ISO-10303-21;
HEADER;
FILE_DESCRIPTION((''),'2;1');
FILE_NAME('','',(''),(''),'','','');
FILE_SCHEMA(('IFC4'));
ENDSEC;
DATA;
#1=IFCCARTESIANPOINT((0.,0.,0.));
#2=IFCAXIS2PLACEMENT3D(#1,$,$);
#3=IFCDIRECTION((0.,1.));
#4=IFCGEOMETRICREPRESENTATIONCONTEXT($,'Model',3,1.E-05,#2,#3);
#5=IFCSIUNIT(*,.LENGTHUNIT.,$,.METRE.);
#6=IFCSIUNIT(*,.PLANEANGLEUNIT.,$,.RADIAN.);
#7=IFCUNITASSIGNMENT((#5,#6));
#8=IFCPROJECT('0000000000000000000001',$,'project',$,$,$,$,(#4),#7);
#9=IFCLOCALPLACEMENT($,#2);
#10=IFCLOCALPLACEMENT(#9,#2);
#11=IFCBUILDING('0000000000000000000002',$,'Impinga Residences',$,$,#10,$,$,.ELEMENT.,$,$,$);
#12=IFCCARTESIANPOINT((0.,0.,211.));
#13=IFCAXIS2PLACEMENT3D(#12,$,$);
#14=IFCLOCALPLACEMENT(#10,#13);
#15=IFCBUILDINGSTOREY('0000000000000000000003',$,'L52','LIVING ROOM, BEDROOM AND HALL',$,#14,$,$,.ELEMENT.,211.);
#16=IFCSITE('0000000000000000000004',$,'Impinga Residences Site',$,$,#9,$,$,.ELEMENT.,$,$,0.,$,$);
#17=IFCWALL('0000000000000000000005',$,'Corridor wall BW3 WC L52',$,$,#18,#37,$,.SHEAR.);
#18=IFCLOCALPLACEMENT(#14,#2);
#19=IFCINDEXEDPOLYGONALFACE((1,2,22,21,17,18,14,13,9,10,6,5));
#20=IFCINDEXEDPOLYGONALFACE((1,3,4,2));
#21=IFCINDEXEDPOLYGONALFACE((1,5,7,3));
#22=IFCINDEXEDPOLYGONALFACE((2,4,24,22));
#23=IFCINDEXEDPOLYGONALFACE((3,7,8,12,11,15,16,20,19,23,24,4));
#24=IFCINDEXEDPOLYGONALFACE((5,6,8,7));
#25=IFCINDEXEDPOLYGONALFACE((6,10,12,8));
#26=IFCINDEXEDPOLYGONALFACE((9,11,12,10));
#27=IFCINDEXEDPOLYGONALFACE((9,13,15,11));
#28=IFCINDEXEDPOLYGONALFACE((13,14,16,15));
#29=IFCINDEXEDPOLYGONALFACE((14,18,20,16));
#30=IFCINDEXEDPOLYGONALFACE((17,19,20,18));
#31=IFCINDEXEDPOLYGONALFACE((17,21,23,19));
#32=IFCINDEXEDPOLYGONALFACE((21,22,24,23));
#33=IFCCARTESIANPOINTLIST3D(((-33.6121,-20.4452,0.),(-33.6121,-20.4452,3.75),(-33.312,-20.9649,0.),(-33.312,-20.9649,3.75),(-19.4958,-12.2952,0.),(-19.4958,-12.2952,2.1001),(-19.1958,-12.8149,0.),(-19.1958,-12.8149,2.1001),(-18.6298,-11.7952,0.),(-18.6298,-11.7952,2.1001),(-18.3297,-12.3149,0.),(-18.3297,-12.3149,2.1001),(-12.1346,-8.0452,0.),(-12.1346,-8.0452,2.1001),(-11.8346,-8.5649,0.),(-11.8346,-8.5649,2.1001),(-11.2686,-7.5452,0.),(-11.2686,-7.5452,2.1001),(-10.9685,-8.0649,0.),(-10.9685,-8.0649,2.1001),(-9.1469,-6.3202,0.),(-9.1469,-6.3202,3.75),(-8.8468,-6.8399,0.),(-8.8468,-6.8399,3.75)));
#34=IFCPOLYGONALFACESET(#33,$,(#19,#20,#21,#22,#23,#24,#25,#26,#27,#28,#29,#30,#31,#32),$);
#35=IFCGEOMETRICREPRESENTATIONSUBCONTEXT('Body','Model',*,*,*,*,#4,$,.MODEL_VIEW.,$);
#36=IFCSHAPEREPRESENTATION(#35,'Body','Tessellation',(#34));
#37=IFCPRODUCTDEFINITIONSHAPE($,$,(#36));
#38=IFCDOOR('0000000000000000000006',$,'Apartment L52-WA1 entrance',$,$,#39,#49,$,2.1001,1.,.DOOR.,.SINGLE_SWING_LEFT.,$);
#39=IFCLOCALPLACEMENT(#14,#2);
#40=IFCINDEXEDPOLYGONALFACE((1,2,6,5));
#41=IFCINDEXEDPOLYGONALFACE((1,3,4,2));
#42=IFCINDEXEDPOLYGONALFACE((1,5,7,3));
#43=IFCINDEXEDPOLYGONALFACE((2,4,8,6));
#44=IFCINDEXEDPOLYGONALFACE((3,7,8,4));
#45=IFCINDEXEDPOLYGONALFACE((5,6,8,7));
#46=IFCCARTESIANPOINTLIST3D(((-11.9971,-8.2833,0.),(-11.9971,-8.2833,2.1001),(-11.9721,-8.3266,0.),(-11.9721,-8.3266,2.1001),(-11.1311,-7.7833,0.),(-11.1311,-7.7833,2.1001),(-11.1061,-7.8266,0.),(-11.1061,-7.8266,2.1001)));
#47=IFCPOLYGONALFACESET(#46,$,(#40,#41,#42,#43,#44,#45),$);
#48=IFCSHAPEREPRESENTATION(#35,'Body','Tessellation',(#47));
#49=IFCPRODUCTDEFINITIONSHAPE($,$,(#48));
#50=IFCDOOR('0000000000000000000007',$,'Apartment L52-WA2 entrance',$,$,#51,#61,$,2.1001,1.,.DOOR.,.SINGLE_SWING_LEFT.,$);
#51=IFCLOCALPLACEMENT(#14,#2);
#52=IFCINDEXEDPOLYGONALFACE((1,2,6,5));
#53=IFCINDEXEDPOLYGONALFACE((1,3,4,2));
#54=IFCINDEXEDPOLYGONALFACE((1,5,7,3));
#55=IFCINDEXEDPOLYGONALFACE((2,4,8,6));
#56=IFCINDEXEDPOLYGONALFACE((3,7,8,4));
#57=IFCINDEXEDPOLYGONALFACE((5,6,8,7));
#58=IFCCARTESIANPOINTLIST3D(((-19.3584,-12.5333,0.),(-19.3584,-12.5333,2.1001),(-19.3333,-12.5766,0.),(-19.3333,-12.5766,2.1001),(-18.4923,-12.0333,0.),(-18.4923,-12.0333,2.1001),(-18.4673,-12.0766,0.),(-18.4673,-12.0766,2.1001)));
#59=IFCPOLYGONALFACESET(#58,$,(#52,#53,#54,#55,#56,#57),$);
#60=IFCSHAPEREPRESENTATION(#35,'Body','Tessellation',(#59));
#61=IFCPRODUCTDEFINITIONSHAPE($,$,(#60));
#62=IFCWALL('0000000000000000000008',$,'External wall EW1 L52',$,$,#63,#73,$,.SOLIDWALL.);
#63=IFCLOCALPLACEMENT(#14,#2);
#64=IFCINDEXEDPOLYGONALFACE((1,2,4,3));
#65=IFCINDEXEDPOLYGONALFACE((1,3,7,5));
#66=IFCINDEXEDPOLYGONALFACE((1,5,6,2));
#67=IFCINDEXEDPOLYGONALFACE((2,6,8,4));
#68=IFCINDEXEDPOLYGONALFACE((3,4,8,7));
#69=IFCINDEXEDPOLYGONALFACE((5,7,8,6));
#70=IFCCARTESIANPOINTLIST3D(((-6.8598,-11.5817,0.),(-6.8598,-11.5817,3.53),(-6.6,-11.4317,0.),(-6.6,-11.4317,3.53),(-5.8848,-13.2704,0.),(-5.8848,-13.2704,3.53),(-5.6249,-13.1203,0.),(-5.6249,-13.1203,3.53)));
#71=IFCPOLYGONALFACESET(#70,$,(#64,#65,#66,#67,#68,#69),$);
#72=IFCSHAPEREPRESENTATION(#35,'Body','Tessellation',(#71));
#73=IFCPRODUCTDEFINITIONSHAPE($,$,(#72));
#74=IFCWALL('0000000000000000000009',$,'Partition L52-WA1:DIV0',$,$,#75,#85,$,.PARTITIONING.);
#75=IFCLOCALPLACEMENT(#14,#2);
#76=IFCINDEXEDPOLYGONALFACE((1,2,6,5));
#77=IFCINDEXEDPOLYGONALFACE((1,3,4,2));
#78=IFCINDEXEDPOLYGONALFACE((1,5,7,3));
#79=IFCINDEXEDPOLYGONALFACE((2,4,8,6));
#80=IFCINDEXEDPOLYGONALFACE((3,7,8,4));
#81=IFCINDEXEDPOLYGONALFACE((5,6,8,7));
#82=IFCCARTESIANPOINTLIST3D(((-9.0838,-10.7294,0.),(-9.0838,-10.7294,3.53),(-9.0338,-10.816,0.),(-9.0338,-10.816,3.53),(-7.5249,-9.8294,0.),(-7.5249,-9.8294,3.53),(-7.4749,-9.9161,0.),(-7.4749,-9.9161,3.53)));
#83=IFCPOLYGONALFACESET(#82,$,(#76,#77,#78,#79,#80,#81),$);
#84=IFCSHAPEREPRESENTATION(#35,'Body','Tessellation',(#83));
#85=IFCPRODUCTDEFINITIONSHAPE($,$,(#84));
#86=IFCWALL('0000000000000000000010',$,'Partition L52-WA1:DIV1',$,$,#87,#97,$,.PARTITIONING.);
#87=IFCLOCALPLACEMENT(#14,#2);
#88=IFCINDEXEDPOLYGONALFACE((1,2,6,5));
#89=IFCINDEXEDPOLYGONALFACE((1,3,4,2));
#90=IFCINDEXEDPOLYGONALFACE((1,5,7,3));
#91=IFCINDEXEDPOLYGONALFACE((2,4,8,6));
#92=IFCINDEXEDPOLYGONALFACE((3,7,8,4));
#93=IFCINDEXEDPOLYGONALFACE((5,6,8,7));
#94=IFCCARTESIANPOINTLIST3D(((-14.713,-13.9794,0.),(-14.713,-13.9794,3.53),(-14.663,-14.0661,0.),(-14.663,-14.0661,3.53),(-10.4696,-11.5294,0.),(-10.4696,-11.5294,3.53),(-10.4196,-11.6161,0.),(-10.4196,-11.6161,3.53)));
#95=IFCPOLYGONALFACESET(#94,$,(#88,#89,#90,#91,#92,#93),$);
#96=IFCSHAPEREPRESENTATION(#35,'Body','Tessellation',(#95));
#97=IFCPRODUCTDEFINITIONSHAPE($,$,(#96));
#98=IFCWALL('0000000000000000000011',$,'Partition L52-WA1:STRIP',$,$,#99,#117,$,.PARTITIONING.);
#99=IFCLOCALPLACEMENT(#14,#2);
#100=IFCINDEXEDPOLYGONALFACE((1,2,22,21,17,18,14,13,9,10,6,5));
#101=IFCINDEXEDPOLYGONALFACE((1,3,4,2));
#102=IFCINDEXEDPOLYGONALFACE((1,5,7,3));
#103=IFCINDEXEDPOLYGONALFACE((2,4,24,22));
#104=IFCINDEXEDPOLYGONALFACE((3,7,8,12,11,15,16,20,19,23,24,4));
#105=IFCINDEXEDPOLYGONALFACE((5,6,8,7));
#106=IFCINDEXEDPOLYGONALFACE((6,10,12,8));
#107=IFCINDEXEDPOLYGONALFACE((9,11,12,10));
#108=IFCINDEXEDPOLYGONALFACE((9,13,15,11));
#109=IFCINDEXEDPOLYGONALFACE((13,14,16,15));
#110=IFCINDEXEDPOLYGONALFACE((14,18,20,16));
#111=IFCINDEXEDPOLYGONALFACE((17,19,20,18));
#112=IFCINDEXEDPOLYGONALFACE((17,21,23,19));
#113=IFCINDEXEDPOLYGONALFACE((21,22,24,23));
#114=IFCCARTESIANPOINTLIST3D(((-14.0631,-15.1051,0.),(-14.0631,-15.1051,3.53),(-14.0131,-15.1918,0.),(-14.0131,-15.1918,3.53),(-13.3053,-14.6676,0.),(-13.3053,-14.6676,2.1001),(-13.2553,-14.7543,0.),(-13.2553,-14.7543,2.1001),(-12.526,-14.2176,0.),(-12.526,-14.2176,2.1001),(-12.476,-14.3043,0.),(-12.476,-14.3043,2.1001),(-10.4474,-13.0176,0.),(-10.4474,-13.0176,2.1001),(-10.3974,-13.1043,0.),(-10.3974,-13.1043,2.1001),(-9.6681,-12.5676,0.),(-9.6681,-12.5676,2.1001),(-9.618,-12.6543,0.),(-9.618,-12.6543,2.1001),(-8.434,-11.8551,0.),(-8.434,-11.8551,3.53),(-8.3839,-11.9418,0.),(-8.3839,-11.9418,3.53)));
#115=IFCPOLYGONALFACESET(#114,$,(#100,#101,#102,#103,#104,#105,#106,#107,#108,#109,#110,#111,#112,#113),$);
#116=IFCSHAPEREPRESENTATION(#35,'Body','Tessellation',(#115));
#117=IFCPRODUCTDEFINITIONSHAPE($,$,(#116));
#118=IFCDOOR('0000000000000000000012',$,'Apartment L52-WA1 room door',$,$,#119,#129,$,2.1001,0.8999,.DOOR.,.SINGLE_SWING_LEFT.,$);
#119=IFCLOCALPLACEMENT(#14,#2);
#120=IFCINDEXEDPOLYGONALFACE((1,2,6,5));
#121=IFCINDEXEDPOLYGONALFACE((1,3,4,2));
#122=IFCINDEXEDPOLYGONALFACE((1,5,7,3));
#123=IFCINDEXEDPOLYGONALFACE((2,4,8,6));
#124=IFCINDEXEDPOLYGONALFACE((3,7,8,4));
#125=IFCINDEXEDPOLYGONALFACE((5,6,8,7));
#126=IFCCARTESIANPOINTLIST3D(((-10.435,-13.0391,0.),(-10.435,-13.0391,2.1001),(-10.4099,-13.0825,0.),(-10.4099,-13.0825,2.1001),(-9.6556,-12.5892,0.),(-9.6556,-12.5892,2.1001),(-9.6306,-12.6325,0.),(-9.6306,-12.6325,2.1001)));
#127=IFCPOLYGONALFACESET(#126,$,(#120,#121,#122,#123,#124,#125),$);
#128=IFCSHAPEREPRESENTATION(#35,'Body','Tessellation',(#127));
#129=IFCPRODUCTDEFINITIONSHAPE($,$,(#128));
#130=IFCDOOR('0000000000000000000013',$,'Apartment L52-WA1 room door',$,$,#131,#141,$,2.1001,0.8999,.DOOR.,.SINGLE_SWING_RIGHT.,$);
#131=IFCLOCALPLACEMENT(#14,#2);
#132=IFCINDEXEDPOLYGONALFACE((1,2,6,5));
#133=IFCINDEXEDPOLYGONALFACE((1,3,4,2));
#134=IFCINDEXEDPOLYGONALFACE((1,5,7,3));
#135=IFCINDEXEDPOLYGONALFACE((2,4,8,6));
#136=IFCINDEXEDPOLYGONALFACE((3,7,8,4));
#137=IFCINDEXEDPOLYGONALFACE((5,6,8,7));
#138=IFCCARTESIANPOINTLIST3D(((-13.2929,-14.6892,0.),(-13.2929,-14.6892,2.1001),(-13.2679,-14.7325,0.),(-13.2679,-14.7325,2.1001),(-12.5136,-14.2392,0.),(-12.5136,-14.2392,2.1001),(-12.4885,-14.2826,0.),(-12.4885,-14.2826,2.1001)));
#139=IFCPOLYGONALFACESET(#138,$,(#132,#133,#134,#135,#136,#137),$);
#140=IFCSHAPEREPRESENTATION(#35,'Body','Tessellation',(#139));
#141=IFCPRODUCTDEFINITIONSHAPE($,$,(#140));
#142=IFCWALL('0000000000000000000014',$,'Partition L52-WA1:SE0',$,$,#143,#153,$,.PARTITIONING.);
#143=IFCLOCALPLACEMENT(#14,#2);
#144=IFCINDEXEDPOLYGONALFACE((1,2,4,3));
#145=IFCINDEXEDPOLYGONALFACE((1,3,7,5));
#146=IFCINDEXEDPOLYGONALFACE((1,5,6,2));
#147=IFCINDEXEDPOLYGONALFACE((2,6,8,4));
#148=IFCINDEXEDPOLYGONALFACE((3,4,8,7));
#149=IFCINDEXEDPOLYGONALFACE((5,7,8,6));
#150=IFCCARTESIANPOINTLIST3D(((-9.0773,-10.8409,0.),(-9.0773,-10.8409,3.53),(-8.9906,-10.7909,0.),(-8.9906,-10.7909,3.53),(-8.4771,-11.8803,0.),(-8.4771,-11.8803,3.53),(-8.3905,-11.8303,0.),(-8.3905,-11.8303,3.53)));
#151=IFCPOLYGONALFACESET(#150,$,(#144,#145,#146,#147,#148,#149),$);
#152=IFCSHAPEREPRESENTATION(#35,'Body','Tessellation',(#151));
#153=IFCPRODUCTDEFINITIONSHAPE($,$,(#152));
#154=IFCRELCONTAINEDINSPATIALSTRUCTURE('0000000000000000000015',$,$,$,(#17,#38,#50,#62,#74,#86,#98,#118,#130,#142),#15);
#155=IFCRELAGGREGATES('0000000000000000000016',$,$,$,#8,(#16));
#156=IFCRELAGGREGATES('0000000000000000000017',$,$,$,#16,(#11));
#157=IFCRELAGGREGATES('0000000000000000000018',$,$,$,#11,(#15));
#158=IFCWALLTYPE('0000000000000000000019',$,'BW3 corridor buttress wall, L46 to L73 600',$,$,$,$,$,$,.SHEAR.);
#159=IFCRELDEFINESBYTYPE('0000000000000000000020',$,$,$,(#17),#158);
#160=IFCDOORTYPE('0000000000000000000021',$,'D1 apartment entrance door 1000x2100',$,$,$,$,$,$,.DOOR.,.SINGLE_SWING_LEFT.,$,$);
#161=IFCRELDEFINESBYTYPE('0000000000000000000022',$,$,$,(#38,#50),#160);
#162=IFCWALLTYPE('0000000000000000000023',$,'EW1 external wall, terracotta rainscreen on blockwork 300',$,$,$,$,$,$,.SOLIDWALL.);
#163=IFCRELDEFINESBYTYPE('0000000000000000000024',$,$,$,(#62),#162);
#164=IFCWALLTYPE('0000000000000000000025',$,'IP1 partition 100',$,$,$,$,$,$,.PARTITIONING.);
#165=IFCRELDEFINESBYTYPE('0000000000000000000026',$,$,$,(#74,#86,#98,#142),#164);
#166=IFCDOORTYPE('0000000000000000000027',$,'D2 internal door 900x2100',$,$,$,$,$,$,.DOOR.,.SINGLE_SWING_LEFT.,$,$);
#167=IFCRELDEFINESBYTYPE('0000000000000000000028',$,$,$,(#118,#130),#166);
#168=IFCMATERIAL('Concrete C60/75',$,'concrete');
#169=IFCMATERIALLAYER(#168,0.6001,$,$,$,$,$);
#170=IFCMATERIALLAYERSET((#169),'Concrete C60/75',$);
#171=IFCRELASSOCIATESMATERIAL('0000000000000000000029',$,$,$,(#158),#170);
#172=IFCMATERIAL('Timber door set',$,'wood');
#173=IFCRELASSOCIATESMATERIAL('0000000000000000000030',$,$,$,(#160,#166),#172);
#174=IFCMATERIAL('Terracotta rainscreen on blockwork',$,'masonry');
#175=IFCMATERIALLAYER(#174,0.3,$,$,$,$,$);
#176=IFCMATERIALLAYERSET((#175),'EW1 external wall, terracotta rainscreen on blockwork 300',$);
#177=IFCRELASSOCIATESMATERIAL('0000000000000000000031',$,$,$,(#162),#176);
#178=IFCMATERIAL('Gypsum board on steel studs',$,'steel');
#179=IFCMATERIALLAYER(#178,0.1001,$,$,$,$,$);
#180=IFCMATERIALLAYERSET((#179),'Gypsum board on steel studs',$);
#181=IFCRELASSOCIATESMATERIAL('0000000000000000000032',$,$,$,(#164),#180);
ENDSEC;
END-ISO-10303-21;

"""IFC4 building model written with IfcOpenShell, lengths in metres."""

from ifc_helpers import new_model, si_unit, direction, frame, frame_2d, origin, place, context, subcontext, project, spatial, rectangle, extrude, material, layer, layer_set, type_object, element, fill, save


model = new_model("IFC4")

# Units and contexts
model_context = context("Model", 3, precision=1e-05, world=origin(), true_north=direction((0.0, 1.0)))
body_context = subcontext(model_context, "Body", "Model", "MODEL_VIEW")
ifc_project = project(units=[si_unit("LENGTHUNIT", "METRE"), si_unit("PLANEANGLEUNIT", "RADIAN")], contexts=[model_context])

# Site, building, storey
site_placement = place(None, origin())
site = spatial("IfcSite", under=ifc_project, at=site_placement, Name="Impinga Residences Site", CompositionType="ELEMENT", RefElevation=0.0)
building_placement = place(site_placement, origin())
building = spatial("IfcBuilding", under=site, at=building_placement, Name="Impinga Residences", CompositionType="ELEMENT")
storey_placement = place(building_placement, frame((0.0, 0.0, 211.0)))
storey = spatial("IfcBuildingStorey", under=building, at=storey_placement, Name="L52", Description="LIVING ROOM, BEDROOM AND HALL", CompositionType="ELEMENT", Elevation=211.0)

# Wall, openings, doors
ifc_material_1 = material(Name="Concrete C60/75", Category="concrete")
ifc_layer_1 = layer(ifc_material_1, 0.6001)
ifc_layer_set_1 = layer_set([ifc_layer_1], Name="Concrete C60/75")
wall_type_1 = type_object("IfcWallType", Name="BW3 corridor buttress wall, L46 to L73 600", PredefinedType="SHEAR", material=ifc_layer_set_1)
wall_1_placement = place(storey_placement, frame((-8.9968, -6.5801, 0.0), z_axis=(0.0, 0.0, 1.0), x_axis=(-0.866026, -0.499998, 0.0)))
wall_1 = element("IfcWall", 1, at=wall_1_placement, inside=storey, type_object=wall_type_1, Name="Corridor wall BW3 WC L52", PredefinedType="SHEAR", context=body_context, shape_type="SweptSolid", body=[
    extrude(rectangle(XDim=28.25, YDim=0.6001, at=frame_2d((14.125, 0.0))), origin(), (0.0, 0.0, 1.0), 3.75),
])
opening_1_placement = place(wall_1_placement, frame((2.45, 0.0, 0.0)))
opening_1 = element("IfcOpeningElement", 2, at=opening_1_placement, cuts=wall_1, PredefinedType="OPENING", context=body_context, shape_type="SweptSolid", body=[
    extrude(rectangle(XDim=1.0, YDim=2.1001, at=frame_2d((0.5, 1.05))), frame((0.0, 0.3101, 0.0), z_axis=(0.0, -1.0, 0.0), x_axis=(1.0, 0.0, 0.0)), (0.0, 0.0, 1.0), 0.6201),
])
opening_2_placement = place(wall_1_placement, frame((10.95, 0.0, 0.0)))
opening_2 = element("IfcOpeningElement", 3, at=opening_2_placement, cuts=wall_1, PredefinedType="OPENING", context=body_context, shape_type="SweptSolid", body=[
    extrude(rectangle(XDim=1.0, YDim=2.1001, at=frame_2d((0.5, 1.05))), frame((0.0, 0.3101, 0.0), z_axis=(0.0, -1.0, 0.0), x_axis=(1.0, 0.0, 0.0)), (0.0, 0.0, 1.0), 0.6201),
])
ifc_material_2 = material(Name="Timber door set", Category="wood")
door_type_1 = type_object("IfcDoorType", Name="D1 apartment entrance door 1000x2100", OperationType="SINGLE_SWING_LEFT", PredefinedType="DOOR", material=ifc_material_2)
door_1_placement = place(opening_1_placement, origin())
door_1 = element("IfcDoor", 4, at=door_1_placement, inside=storey, type_object=door_type_1, Name="Apartment L52-WA1 entrance", OperationType="SINGLE_SWING_LEFT", OverallHeight=2.1001, OverallWidth=1.0, PredefinedType="DOOR", context=body_context, shape_type="SweptSolid", body=[
    extrude(rectangle(XDim=1.0, YDim=2.1001, at=frame_2d((0.5, 1.05))), frame((0.0, 0.0249, 0.0), z_axis=(0.0, -1.0, 0.0), x_axis=(1.0, 0.0, 0.0)), (0.0, 0.0, 1.0), 0.05),
])
fill(opening_1, door_1)
door_2_placement = place(opening_2_placement, origin())
door_2 = element("IfcDoor", 5, at=door_2_placement, inside=storey, type_object=door_type_1, Name="Apartment L52-WA2 entrance", OperationType="SINGLE_SWING_LEFT", OverallHeight=2.1001, OverallWidth=1.0, PredefinedType="DOOR", context=body_context, shape_type="SweptSolid", body=[
    extrude(rectangle(XDim=1.0, YDim=2.1001, at=frame_2d((0.5, 1.05))), frame((0.0, 0.0249, 0.0), z_axis=(0.0, -1.0, 0.0), x_axis=(1.0, 0.0, 0.0)), (0.0, 0.0, 1.0), 0.05),
])
fill(opening_2, door_2)

# Walls
ifc_material_3 = material(Name="Terracotta rainscreen on blockwork", Category="masonry")
ifc_layer_2 = layer(ifc_material_3, 0.3)
ifc_layer_set_2 = layer_set([ifc_layer_2], Name="EW1 external wall, terracotta rainscreen on blockwork 300")
wall_type_2 = type_object("IfcWallType", Name="EW1 external wall, terracotta rainscreen on blockwork 300", PredefinedType="SOLIDWALL", material=ifc_layer_set_2)
wall_2_placement = place(storey_placement, frame((-6.73, -11.5066, 0.0), z_axis=(0.0, 0.0, 1.0), x_axis=(0.500044, -0.866, 0.0)))
element("IfcWall", 6, at=wall_2_placement, inside=storey, type_object=wall_type_2, Name="External wall EW1 L52", PredefinedType="SOLIDWALL", context=body_context, shape_type="SweptSolid", body=[
    extrude(rectangle(XDim=1.95, YDim=0.3, at=frame_2d((0.9751, 0.0))), origin(), (0.0, 0.0, 1.0), 3.53),
])
ifc_material_4 = material(Name="Gypsum board on steel studs", Category="steel")
ifc_layer_3 = layer(ifc_material_4, 0.1001)
ifc_layer_set_3 = layer_set([ifc_layer_3], Name="Gypsum board on steel studs")
wall_type_3 = type_object("IfcWallType", Name="IP1 partition 100", PredefinedType="PARTITIONING", material=ifc_layer_set_3)
wall_3_placement = place(storey_placement, frame((-7.5, -9.8728, 0.0), z_axis=(0.0, 0.0, 1.0), x_axis=(-0.866048, -0.499961, 0.0)))
element("IfcWall", 7, at=wall_3_placement, inside=storey, type_object=wall_type_3, Name="Partition L52-WA1:DIV0", PredefinedType="PARTITIONING", context=body_context, shape_type="SweptSolid", body=[
    extrude(rectangle(XDim=1.8, YDim=0.1001, at=frame_2d((0.8999, 0.0))), origin(), (0.0, 0.0, 1.0), 3.53),
])
wall_4_placement = place(storey_placement, frame((-10.4446, -11.5728, 0.0), z_axis=(0.0, 0.0, 1.0), x_axis=(-0.866024, -0.500003, 0.0)))
element("IfcWall", 8, at=wall_4_placement, inside=storey, type_object=wall_type_3, Name="Partition L52-WA1:DIV1", PredefinedType="PARTITIONING", context=body_context, shape_type="SweptSolid", body=[
    extrude(rectangle(XDim=4.8999, YDim=0.1001, at=frame_2d((2.45, 0.0))), origin(), (0.0, 0.0, 1.0), 3.53),
])

# Wall, openings, doors
wall_5_placement = place(storey_placement, frame((-8.4089, -11.8984, 0.0), z_axis=(0.0, 0.0, 1.0), x_axis=(-0.866025, -0.500001, 0.0)))
wall_5 = element("IfcWall", 9, at=wall_5_placement, inside=storey, type_object=wall_type_3, Name="Partition L52-WA1:STRIP", PredefinedType="PARTITIONING", context=body_context, shape_type="SweptSolid", body=[
    extrude(rectangle(XDim=6.5, YDim=0.1001, at=frame_2d((3.25, 0.0))), origin(), (0.0, 0.0, 1.0), 3.53),
])
opening_3_placement = place(wall_5_placement, frame((1.425, 0.0, 0.0)))
opening_3 = element("IfcOpeningElement", 10, at=opening_3_placement, cuts=wall_5, PredefinedType="OPENING", context=body_context, shape_type="SweptSolid", body=[
    extrude(rectangle(XDim=0.8999, YDim=2.1001, at=frame_2d((0.45, 1.05))), frame((0.0, 0.0601, 0.0), z_axis=(0.0, -1.0, 0.0), x_axis=(1.0, 0.0, 0.0)), (0.0, 0.0, 1.0), 0.1201),
])
opening_4_placement = place(wall_5_placement, frame((4.7251, 0.0, 0.0)))
opening_4 = element("IfcOpeningElement", 11, at=opening_4_placement, cuts=wall_5, PredefinedType="OPENING", context=body_context, shape_type="SweptSolid", body=[
    extrude(rectangle(XDim=0.8999, YDim=2.1001, at=frame_2d((0.45, 1.05))), frame((0.0, 0.0601, 0.0), z_axis=(0.0, -1.0, 0.0), x_axis=(1.0, 0.0, 0.0)), (0.0, 0.0, 1.0), 0.1201),
])
door_type_2 = type_object("IfcDoorType", Name="D2 internal door 900x2100", OperationType="SINGLE_SWING_LEFT", PredefinedType="DOOR", material=ifc_material_2)
door_3_placement = place(opening_3_placement, origin())
door_3 = element("IfcDoor", 12, at=door_3_placement, inside=storey, type_object=door_type_2, Name="Apartment L52-WA1 room door", OperationType="SINGLE_SWING_LEFT", OverallHeight=2.1001, OverallWidth=0.8999, PredefinedType="DOOR", context=body_context, shape_type="SweptSolid", body=[
    extrude(rectangle(XDim=0.8999, YDim=2.1001, at=frame_2d((0.45, 1.05))), frame((0.0, 0.0249, 0.0), z_axis=(0.0, -1.0, 0.0), x_axis=(1.0, 0.0, 0.0)), (0.0, 0.0, 1.0), 0.05),
])
fill(opening_3, door_3)
door_4_placement = place(opening_4_placement, origin())
door_4 = element("IfcDoor", 13, at=door_4_placement, inside=storey, type_object=door_type_2, Name="Apartment L52-WA1 room door", OperationType="SINGLE_SWING_RIGHT", OverallHeight=2.1001, OverallWidth=0.8999, PredefinedType="DOOR", context=body_context, shape_type="SweptSolid", body=[
    extrude(rectangle(XDim=0.8999, YDim=2.1001, at=frame_2d((0.45, 1.05))), frame((0.0, 0.0249, 0.0), z_axis=(0.0, -1.0, 0.0), x_axis=(1.0, 0.0, 0.0)), (0.0, 0.0, 1.0), 0.05),
])
fill(opening_4, door_4)

# Wall
wall_6_placement = place(storey_placement, frame((-9.0339, -10.8159, 0.0), z_axis=(0.0, 0.0, 1.0), x_axis=(0.500034, -0.866006, 0.0)))
element("IfcWall", 14, at=wall_6_placement, inside=storey, type_object=wall_type_3, Name="Partition L52-WA1:SE0", PredefinedType="PARTITIONING", context=body_context, shape_type="SweptSolid", body=[
    extrude(rectangle(XDim=1.2002, YDim=0.1001, at=frame_2d((0.6001, 0.0))), origin(), (0.0, 0.0, 1.0), 3.53),
])

save(model, "model.ifc")
